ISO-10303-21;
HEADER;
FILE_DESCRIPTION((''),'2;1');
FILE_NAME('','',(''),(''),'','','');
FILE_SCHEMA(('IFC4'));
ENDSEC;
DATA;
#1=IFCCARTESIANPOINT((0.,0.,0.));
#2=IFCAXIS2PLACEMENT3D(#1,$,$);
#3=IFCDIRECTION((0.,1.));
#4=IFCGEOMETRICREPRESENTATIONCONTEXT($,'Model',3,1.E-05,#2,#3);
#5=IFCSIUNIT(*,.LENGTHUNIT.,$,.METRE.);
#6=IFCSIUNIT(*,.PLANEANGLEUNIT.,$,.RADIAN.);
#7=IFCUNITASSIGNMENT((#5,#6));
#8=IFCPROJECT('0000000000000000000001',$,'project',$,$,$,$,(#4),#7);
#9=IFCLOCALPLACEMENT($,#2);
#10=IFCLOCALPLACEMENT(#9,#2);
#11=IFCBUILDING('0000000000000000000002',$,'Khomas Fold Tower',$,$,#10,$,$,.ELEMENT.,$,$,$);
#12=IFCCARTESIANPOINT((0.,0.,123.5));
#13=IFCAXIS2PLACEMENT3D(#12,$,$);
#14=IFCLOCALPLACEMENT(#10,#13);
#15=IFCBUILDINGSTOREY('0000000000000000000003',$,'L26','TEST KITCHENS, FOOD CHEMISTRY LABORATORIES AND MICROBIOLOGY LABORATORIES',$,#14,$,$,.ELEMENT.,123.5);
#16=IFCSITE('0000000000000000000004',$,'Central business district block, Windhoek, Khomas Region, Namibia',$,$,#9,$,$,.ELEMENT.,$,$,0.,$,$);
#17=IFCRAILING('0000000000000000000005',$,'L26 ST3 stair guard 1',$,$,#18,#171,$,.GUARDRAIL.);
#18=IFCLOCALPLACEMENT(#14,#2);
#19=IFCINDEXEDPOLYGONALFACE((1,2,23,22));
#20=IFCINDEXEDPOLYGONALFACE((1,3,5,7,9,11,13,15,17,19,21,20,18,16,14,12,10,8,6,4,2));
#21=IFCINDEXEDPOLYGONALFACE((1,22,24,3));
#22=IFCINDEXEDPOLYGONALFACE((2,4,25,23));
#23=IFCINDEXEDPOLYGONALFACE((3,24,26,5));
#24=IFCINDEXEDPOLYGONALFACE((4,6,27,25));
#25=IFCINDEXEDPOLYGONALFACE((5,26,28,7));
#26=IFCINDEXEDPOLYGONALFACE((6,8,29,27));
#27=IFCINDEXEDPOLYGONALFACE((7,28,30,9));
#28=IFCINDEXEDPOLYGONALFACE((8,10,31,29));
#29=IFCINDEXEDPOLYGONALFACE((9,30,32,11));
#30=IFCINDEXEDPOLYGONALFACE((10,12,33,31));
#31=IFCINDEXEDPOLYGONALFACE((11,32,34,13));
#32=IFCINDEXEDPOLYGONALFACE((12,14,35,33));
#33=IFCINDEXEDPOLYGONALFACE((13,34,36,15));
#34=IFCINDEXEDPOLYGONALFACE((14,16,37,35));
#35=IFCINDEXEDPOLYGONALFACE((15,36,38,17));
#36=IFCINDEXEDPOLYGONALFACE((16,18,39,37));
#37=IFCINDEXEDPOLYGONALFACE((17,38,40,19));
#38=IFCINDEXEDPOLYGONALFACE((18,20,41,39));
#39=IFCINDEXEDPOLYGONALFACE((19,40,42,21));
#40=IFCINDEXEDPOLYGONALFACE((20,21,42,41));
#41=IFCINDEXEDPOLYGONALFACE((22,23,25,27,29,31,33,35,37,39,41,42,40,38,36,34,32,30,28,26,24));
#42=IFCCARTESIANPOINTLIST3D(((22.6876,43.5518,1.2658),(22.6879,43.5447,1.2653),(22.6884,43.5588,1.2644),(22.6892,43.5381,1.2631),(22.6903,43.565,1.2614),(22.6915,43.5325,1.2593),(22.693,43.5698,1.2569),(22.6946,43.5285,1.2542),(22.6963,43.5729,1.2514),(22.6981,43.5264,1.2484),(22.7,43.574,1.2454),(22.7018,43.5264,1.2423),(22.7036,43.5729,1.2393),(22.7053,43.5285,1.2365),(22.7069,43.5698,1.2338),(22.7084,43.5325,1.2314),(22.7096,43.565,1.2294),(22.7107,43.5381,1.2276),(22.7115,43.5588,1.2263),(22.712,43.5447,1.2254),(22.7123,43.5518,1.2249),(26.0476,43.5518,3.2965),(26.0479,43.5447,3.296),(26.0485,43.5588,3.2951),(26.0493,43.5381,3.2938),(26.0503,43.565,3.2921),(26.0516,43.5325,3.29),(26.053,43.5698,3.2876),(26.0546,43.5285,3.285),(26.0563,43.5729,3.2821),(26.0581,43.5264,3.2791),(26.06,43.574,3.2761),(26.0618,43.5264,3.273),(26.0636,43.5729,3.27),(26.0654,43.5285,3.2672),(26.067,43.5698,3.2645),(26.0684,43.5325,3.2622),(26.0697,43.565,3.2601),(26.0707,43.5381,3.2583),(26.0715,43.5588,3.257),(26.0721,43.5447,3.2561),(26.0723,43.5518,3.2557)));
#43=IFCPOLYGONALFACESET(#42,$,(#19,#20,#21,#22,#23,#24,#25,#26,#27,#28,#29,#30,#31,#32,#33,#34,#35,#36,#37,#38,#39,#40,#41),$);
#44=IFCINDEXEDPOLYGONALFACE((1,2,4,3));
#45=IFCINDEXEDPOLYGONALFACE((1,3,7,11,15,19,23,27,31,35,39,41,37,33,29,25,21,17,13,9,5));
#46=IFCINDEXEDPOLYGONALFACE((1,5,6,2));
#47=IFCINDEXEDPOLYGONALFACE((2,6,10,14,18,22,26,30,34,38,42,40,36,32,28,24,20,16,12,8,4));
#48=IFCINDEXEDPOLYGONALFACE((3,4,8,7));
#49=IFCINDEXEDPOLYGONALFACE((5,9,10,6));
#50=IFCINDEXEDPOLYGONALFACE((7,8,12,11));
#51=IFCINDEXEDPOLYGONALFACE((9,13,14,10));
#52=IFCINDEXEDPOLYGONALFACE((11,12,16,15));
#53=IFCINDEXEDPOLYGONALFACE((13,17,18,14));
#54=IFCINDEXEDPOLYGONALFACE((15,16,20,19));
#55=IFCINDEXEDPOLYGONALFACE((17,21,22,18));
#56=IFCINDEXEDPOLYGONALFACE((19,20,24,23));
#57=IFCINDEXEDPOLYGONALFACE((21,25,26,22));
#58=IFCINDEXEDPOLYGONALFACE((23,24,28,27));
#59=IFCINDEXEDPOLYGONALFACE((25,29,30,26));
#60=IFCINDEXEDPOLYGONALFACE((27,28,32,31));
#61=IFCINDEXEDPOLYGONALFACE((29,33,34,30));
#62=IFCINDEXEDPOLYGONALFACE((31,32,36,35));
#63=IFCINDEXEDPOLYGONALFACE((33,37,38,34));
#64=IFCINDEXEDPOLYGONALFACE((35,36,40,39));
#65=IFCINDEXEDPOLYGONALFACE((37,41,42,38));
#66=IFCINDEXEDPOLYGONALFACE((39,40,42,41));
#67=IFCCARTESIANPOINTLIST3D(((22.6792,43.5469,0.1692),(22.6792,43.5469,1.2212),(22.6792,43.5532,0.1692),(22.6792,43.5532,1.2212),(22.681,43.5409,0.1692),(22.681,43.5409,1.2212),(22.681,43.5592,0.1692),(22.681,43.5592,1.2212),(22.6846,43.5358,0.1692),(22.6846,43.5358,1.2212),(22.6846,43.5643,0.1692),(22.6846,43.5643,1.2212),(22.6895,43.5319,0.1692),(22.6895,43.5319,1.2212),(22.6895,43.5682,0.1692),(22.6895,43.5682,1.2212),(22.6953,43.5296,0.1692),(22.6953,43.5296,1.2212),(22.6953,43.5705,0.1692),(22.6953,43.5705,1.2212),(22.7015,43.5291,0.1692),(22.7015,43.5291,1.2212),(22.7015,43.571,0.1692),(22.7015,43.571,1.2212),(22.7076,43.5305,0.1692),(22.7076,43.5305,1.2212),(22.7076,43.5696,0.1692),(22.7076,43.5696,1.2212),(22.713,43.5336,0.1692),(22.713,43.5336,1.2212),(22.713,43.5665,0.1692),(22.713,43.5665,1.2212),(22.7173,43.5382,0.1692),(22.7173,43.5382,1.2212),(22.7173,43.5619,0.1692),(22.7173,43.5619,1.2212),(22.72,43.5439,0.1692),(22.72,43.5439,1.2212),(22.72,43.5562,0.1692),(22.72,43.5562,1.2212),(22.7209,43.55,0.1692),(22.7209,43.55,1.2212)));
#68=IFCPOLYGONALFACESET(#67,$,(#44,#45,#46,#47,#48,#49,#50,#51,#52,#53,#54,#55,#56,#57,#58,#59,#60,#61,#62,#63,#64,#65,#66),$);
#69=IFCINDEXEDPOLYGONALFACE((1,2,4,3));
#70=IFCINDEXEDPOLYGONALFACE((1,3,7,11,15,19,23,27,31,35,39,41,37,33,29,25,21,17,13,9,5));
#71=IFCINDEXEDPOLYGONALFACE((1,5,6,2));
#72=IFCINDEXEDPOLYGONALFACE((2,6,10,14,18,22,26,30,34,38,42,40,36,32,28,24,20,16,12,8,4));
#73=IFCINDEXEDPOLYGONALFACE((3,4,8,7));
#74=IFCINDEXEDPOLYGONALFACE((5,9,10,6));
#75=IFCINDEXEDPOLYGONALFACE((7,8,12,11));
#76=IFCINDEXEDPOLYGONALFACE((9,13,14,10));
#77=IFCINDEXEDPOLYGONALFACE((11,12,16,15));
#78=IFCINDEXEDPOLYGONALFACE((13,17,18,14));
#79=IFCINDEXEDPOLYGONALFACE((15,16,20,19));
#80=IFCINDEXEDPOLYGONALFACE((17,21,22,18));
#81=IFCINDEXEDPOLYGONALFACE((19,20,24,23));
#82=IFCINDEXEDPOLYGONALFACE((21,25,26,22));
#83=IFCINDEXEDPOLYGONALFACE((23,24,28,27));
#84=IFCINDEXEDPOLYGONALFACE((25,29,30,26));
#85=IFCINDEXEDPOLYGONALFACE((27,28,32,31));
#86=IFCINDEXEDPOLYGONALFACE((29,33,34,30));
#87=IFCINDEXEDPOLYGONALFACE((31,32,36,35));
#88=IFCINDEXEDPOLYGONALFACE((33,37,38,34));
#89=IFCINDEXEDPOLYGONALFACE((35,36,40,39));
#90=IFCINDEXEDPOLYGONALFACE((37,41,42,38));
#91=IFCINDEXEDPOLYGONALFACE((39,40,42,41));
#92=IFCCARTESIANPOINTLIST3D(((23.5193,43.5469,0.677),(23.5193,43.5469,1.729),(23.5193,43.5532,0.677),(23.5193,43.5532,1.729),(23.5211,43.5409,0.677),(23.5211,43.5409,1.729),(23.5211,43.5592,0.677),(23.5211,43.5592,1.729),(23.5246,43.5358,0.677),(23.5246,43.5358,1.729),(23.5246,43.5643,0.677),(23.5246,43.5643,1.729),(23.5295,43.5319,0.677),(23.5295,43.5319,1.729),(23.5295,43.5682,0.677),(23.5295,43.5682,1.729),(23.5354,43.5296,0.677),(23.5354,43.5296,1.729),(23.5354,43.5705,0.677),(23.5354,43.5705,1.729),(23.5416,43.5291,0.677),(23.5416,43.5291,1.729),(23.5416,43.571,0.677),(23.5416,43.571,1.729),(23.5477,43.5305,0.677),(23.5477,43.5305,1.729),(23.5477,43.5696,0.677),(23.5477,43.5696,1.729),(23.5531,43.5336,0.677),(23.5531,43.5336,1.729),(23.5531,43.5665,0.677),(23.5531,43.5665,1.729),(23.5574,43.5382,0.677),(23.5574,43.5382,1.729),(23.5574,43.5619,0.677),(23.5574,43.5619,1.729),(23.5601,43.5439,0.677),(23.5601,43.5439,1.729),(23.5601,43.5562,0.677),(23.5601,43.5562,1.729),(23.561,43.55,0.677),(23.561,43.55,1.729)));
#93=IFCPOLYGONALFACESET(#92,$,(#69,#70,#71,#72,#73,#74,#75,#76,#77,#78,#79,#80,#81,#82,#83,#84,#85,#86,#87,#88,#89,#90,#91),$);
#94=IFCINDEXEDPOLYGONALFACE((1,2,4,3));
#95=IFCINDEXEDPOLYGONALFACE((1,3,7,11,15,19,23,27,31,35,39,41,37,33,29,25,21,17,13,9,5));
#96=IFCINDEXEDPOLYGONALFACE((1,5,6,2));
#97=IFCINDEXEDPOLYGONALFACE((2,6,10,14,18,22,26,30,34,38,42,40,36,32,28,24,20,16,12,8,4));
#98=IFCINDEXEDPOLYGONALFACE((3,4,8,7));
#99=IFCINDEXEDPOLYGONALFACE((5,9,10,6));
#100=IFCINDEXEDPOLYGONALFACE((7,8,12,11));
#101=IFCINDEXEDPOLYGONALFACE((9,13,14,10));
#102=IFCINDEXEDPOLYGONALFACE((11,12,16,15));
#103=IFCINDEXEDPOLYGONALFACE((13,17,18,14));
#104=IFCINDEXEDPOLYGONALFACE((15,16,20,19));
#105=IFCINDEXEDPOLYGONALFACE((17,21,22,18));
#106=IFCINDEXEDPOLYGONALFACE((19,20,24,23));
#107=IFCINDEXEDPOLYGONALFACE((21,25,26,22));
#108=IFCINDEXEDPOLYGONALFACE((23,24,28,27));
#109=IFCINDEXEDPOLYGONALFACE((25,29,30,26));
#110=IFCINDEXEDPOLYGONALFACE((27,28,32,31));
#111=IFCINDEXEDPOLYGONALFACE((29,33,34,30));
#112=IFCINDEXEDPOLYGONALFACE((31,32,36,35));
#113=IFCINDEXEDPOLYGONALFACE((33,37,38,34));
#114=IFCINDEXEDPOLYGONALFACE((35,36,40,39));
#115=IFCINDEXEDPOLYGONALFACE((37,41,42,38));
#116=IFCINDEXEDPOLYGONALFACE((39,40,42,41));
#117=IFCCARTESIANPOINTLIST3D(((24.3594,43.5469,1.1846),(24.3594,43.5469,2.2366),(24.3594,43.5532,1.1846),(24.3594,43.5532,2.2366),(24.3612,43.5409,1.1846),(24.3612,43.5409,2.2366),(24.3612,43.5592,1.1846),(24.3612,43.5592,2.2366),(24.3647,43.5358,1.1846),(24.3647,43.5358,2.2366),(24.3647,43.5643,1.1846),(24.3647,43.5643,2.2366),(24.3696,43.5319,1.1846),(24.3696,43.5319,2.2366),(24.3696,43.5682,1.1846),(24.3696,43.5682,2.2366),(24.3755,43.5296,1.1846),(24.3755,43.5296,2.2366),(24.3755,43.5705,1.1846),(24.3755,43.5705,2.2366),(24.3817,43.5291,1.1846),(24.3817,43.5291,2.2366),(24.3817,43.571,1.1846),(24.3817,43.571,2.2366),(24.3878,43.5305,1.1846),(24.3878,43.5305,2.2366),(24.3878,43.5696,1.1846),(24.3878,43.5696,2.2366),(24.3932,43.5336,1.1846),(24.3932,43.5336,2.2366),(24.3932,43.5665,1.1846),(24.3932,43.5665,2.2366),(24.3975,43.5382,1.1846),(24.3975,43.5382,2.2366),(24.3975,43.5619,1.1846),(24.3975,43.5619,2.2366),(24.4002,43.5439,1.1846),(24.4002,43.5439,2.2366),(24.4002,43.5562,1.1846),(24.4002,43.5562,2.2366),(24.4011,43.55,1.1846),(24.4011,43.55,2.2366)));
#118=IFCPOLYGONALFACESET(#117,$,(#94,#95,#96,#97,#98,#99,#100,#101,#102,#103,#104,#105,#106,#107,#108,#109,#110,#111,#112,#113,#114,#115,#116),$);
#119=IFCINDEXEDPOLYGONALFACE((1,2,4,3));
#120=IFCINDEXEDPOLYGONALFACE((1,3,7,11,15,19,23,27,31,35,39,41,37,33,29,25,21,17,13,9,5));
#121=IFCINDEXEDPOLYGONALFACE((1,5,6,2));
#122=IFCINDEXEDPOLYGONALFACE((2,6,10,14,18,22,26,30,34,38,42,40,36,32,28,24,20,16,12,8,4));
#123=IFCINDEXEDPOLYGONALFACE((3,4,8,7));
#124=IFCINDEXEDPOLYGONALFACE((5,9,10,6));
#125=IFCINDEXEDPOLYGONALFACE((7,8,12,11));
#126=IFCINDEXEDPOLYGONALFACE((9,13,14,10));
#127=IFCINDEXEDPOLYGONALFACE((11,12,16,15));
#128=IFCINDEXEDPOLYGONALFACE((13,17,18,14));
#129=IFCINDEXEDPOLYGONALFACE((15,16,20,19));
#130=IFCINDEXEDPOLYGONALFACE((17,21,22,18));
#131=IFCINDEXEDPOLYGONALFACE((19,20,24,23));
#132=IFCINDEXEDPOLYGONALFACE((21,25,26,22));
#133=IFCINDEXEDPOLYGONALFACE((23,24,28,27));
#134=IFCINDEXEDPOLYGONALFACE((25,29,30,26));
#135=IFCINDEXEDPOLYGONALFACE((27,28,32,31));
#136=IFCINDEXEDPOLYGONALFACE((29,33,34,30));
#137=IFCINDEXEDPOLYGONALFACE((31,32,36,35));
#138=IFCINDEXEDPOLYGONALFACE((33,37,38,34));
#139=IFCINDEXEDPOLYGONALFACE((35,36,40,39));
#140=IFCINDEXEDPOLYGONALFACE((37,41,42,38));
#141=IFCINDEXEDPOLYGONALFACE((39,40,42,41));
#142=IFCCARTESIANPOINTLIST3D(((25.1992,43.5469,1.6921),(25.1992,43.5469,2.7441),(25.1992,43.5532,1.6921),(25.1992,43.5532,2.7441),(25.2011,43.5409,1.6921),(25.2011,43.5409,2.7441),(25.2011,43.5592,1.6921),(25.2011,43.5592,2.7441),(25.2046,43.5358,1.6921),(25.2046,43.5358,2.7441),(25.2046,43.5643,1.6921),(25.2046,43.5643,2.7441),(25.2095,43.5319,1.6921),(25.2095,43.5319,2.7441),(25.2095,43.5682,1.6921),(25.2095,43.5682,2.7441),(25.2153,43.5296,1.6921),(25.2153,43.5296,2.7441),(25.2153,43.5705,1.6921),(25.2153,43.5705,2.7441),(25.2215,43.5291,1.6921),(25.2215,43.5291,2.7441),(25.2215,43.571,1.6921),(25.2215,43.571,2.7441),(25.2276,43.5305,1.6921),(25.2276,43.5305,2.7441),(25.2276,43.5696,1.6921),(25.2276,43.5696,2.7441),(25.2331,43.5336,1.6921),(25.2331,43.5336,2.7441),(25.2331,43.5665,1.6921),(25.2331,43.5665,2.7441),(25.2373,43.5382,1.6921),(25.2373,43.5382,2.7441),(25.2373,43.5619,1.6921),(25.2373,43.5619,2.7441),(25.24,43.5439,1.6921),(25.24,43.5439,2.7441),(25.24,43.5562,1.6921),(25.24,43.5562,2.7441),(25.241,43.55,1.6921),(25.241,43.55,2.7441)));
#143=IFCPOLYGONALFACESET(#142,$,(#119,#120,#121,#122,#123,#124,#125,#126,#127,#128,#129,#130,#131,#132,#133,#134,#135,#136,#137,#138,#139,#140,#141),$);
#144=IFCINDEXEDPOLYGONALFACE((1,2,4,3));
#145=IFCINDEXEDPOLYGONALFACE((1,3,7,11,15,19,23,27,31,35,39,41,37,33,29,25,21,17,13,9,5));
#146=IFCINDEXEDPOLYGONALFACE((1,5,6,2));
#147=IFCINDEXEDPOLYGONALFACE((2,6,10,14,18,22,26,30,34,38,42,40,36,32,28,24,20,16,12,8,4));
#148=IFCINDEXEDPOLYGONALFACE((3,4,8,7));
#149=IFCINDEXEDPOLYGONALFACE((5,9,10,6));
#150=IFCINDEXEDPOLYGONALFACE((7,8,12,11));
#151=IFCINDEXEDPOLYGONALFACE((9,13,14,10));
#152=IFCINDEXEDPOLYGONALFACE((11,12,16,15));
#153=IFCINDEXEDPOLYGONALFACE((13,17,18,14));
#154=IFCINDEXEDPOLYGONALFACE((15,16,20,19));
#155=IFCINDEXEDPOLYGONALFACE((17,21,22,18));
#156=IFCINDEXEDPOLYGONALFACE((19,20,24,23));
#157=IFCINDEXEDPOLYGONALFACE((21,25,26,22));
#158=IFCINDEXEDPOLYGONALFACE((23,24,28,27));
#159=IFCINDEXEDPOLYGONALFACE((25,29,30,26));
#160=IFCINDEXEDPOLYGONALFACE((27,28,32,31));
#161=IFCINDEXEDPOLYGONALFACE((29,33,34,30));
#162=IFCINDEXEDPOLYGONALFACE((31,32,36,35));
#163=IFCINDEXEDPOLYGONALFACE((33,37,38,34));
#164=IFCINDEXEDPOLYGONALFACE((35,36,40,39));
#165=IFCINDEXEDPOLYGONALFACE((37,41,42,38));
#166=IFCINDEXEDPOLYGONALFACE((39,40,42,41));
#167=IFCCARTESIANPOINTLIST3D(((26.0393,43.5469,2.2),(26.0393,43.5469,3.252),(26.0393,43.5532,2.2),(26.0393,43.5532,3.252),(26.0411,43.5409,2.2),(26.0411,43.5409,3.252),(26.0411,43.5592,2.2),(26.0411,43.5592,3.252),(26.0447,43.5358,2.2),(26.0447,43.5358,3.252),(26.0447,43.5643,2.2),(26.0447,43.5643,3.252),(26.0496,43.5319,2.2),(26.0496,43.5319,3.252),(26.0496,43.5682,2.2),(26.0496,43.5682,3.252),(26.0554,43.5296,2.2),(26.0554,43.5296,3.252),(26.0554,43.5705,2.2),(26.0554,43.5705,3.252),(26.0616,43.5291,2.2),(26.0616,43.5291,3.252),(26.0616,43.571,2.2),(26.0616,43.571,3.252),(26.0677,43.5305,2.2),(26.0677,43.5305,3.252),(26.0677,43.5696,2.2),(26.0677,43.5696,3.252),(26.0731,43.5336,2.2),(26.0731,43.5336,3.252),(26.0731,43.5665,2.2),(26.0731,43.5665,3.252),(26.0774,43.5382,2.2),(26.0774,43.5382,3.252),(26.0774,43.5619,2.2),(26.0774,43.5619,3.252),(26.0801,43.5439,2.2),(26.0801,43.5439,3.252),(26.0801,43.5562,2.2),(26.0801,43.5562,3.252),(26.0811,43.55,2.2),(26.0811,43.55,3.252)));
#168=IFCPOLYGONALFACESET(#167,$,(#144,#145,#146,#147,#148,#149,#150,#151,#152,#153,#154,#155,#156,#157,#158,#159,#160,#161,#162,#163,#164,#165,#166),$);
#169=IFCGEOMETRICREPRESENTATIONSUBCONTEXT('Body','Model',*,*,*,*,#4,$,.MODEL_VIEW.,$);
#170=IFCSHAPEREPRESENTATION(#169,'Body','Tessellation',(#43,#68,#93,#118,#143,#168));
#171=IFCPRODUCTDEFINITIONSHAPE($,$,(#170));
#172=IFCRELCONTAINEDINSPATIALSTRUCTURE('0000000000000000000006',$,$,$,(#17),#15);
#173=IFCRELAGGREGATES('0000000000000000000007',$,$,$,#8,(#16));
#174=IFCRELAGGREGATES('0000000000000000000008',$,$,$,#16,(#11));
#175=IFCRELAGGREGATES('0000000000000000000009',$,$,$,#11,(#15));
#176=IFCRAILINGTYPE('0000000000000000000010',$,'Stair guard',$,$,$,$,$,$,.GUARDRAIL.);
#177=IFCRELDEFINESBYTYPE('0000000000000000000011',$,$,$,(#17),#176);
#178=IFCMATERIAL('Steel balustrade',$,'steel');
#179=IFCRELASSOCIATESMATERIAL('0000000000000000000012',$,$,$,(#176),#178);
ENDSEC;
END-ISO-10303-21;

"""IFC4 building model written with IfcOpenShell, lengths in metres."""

from ifc_helpers import new_model, si_unit, direction, frame, origin, origin_2d, place, context, subcontext, project, spatial, circle, extrude, source, transform, mapped, material, type_object, element, save


model = new_model("IFC4")

# Units and contexts
model_context = context("Model", 3, precision=1e-05, world=origin(), true_north=direction((0.0, 1.0)))
body_context = subcontext(model_context, "Body", "Model", "MODEL_VIEW")
ifc_project = project(units=[si_unit("LENGTHUNIT", "METRE"), si_unit("PLANEANGLEUNIT", "RADIAN")], contexts=[model_context])

# Site, building, storey
site_placement = place(None, origin())
site = spatial("IfcSite", under=ifc_project, at=site_placement, Name="Central business district block, Windhoek, Khomas Region, Namibia", CompositionType="ELEMENT", RefElevation=0.0)
building_placement = place(site_placement, origin())
building = spatial("IfcBuilding", under=site, at=building_placement, Name="Khomas Fold Tower", CompositionType="ELEMENT")
storey_placement = place(building_placement, frame((0.0, 0.0, 123.5)))
storey = spatial("IfcBuildingStorey", under=building, at=storey_placement, Name="L26", Description="TEST KITCHENS, FOOD CHEMISTRY LABORATORIES AND MICROBIOLOGY LABORATORIES", CompositionType="ELEMENT", Elevation=123.5)

# Railing
ifc_material_1 = material(Name="Steel balustrade", Category="steel")
railing_type_1 = type_object("IfcRailingType", Name="Stair guard", PredefinedType="GUARDRAIL", material=ifc_material_1)
shared_shape_1 = source(origin(), body_context, "Body", "SweptSolid", [
    extrude(circle(Radius=0.0239, at=origin_2d()), frame((0.0, 0.0, 1.0762), z_axis=(0.855837, 0.0, 0.517246), x_axis=(0.0, 1.0, 0.0)), (0.0, 0.0, 1.0), 3.926),
    extrude(circle(Radius=0.021, at=origin_2d()), origin(), (0.0, 0.0, 1.0), 1.052),
    extrude(circle(Radius=0.021, at=origin_2d()), frame((0.8401, 0.0, 0.5078)), (0.0, 0.0, 1.0), 1.052),
    extrude(circle(Radius=0.021, at=origin_2d()), frame((1.6802, 0.0, 1.0154)), (0.0, 0.0, 1.0), 1.052),
    extrude(circle(Radius=0.021, at=origin_2d()), frame((2.52, 0.0, 1.5229)), (0.0, 0.0, 1.0), 1.052),
    extrude(circle(Radius=0.021, at=origin_2d()), frame((3.3601, 0.0, 2.0308)), (0.0, 0.0, 1.0), 1.052),
])
railing_1_placement = place(storey_placement, frame((22.7, 43.55, 0.1692)))
element("IfcRailing", 1, at=railing_1_placement, inside=storey, type_object=railing_type_1, Name="L26 ST3 stair guard 1", PredefinedType="GUARDRAIL", context=body_context, shape_type="MappedRepresentation", body=[
    mapped(shared_shape_1, transform((0.0, 0.0, 0.0))),
])

save(model, "model.ifc")
